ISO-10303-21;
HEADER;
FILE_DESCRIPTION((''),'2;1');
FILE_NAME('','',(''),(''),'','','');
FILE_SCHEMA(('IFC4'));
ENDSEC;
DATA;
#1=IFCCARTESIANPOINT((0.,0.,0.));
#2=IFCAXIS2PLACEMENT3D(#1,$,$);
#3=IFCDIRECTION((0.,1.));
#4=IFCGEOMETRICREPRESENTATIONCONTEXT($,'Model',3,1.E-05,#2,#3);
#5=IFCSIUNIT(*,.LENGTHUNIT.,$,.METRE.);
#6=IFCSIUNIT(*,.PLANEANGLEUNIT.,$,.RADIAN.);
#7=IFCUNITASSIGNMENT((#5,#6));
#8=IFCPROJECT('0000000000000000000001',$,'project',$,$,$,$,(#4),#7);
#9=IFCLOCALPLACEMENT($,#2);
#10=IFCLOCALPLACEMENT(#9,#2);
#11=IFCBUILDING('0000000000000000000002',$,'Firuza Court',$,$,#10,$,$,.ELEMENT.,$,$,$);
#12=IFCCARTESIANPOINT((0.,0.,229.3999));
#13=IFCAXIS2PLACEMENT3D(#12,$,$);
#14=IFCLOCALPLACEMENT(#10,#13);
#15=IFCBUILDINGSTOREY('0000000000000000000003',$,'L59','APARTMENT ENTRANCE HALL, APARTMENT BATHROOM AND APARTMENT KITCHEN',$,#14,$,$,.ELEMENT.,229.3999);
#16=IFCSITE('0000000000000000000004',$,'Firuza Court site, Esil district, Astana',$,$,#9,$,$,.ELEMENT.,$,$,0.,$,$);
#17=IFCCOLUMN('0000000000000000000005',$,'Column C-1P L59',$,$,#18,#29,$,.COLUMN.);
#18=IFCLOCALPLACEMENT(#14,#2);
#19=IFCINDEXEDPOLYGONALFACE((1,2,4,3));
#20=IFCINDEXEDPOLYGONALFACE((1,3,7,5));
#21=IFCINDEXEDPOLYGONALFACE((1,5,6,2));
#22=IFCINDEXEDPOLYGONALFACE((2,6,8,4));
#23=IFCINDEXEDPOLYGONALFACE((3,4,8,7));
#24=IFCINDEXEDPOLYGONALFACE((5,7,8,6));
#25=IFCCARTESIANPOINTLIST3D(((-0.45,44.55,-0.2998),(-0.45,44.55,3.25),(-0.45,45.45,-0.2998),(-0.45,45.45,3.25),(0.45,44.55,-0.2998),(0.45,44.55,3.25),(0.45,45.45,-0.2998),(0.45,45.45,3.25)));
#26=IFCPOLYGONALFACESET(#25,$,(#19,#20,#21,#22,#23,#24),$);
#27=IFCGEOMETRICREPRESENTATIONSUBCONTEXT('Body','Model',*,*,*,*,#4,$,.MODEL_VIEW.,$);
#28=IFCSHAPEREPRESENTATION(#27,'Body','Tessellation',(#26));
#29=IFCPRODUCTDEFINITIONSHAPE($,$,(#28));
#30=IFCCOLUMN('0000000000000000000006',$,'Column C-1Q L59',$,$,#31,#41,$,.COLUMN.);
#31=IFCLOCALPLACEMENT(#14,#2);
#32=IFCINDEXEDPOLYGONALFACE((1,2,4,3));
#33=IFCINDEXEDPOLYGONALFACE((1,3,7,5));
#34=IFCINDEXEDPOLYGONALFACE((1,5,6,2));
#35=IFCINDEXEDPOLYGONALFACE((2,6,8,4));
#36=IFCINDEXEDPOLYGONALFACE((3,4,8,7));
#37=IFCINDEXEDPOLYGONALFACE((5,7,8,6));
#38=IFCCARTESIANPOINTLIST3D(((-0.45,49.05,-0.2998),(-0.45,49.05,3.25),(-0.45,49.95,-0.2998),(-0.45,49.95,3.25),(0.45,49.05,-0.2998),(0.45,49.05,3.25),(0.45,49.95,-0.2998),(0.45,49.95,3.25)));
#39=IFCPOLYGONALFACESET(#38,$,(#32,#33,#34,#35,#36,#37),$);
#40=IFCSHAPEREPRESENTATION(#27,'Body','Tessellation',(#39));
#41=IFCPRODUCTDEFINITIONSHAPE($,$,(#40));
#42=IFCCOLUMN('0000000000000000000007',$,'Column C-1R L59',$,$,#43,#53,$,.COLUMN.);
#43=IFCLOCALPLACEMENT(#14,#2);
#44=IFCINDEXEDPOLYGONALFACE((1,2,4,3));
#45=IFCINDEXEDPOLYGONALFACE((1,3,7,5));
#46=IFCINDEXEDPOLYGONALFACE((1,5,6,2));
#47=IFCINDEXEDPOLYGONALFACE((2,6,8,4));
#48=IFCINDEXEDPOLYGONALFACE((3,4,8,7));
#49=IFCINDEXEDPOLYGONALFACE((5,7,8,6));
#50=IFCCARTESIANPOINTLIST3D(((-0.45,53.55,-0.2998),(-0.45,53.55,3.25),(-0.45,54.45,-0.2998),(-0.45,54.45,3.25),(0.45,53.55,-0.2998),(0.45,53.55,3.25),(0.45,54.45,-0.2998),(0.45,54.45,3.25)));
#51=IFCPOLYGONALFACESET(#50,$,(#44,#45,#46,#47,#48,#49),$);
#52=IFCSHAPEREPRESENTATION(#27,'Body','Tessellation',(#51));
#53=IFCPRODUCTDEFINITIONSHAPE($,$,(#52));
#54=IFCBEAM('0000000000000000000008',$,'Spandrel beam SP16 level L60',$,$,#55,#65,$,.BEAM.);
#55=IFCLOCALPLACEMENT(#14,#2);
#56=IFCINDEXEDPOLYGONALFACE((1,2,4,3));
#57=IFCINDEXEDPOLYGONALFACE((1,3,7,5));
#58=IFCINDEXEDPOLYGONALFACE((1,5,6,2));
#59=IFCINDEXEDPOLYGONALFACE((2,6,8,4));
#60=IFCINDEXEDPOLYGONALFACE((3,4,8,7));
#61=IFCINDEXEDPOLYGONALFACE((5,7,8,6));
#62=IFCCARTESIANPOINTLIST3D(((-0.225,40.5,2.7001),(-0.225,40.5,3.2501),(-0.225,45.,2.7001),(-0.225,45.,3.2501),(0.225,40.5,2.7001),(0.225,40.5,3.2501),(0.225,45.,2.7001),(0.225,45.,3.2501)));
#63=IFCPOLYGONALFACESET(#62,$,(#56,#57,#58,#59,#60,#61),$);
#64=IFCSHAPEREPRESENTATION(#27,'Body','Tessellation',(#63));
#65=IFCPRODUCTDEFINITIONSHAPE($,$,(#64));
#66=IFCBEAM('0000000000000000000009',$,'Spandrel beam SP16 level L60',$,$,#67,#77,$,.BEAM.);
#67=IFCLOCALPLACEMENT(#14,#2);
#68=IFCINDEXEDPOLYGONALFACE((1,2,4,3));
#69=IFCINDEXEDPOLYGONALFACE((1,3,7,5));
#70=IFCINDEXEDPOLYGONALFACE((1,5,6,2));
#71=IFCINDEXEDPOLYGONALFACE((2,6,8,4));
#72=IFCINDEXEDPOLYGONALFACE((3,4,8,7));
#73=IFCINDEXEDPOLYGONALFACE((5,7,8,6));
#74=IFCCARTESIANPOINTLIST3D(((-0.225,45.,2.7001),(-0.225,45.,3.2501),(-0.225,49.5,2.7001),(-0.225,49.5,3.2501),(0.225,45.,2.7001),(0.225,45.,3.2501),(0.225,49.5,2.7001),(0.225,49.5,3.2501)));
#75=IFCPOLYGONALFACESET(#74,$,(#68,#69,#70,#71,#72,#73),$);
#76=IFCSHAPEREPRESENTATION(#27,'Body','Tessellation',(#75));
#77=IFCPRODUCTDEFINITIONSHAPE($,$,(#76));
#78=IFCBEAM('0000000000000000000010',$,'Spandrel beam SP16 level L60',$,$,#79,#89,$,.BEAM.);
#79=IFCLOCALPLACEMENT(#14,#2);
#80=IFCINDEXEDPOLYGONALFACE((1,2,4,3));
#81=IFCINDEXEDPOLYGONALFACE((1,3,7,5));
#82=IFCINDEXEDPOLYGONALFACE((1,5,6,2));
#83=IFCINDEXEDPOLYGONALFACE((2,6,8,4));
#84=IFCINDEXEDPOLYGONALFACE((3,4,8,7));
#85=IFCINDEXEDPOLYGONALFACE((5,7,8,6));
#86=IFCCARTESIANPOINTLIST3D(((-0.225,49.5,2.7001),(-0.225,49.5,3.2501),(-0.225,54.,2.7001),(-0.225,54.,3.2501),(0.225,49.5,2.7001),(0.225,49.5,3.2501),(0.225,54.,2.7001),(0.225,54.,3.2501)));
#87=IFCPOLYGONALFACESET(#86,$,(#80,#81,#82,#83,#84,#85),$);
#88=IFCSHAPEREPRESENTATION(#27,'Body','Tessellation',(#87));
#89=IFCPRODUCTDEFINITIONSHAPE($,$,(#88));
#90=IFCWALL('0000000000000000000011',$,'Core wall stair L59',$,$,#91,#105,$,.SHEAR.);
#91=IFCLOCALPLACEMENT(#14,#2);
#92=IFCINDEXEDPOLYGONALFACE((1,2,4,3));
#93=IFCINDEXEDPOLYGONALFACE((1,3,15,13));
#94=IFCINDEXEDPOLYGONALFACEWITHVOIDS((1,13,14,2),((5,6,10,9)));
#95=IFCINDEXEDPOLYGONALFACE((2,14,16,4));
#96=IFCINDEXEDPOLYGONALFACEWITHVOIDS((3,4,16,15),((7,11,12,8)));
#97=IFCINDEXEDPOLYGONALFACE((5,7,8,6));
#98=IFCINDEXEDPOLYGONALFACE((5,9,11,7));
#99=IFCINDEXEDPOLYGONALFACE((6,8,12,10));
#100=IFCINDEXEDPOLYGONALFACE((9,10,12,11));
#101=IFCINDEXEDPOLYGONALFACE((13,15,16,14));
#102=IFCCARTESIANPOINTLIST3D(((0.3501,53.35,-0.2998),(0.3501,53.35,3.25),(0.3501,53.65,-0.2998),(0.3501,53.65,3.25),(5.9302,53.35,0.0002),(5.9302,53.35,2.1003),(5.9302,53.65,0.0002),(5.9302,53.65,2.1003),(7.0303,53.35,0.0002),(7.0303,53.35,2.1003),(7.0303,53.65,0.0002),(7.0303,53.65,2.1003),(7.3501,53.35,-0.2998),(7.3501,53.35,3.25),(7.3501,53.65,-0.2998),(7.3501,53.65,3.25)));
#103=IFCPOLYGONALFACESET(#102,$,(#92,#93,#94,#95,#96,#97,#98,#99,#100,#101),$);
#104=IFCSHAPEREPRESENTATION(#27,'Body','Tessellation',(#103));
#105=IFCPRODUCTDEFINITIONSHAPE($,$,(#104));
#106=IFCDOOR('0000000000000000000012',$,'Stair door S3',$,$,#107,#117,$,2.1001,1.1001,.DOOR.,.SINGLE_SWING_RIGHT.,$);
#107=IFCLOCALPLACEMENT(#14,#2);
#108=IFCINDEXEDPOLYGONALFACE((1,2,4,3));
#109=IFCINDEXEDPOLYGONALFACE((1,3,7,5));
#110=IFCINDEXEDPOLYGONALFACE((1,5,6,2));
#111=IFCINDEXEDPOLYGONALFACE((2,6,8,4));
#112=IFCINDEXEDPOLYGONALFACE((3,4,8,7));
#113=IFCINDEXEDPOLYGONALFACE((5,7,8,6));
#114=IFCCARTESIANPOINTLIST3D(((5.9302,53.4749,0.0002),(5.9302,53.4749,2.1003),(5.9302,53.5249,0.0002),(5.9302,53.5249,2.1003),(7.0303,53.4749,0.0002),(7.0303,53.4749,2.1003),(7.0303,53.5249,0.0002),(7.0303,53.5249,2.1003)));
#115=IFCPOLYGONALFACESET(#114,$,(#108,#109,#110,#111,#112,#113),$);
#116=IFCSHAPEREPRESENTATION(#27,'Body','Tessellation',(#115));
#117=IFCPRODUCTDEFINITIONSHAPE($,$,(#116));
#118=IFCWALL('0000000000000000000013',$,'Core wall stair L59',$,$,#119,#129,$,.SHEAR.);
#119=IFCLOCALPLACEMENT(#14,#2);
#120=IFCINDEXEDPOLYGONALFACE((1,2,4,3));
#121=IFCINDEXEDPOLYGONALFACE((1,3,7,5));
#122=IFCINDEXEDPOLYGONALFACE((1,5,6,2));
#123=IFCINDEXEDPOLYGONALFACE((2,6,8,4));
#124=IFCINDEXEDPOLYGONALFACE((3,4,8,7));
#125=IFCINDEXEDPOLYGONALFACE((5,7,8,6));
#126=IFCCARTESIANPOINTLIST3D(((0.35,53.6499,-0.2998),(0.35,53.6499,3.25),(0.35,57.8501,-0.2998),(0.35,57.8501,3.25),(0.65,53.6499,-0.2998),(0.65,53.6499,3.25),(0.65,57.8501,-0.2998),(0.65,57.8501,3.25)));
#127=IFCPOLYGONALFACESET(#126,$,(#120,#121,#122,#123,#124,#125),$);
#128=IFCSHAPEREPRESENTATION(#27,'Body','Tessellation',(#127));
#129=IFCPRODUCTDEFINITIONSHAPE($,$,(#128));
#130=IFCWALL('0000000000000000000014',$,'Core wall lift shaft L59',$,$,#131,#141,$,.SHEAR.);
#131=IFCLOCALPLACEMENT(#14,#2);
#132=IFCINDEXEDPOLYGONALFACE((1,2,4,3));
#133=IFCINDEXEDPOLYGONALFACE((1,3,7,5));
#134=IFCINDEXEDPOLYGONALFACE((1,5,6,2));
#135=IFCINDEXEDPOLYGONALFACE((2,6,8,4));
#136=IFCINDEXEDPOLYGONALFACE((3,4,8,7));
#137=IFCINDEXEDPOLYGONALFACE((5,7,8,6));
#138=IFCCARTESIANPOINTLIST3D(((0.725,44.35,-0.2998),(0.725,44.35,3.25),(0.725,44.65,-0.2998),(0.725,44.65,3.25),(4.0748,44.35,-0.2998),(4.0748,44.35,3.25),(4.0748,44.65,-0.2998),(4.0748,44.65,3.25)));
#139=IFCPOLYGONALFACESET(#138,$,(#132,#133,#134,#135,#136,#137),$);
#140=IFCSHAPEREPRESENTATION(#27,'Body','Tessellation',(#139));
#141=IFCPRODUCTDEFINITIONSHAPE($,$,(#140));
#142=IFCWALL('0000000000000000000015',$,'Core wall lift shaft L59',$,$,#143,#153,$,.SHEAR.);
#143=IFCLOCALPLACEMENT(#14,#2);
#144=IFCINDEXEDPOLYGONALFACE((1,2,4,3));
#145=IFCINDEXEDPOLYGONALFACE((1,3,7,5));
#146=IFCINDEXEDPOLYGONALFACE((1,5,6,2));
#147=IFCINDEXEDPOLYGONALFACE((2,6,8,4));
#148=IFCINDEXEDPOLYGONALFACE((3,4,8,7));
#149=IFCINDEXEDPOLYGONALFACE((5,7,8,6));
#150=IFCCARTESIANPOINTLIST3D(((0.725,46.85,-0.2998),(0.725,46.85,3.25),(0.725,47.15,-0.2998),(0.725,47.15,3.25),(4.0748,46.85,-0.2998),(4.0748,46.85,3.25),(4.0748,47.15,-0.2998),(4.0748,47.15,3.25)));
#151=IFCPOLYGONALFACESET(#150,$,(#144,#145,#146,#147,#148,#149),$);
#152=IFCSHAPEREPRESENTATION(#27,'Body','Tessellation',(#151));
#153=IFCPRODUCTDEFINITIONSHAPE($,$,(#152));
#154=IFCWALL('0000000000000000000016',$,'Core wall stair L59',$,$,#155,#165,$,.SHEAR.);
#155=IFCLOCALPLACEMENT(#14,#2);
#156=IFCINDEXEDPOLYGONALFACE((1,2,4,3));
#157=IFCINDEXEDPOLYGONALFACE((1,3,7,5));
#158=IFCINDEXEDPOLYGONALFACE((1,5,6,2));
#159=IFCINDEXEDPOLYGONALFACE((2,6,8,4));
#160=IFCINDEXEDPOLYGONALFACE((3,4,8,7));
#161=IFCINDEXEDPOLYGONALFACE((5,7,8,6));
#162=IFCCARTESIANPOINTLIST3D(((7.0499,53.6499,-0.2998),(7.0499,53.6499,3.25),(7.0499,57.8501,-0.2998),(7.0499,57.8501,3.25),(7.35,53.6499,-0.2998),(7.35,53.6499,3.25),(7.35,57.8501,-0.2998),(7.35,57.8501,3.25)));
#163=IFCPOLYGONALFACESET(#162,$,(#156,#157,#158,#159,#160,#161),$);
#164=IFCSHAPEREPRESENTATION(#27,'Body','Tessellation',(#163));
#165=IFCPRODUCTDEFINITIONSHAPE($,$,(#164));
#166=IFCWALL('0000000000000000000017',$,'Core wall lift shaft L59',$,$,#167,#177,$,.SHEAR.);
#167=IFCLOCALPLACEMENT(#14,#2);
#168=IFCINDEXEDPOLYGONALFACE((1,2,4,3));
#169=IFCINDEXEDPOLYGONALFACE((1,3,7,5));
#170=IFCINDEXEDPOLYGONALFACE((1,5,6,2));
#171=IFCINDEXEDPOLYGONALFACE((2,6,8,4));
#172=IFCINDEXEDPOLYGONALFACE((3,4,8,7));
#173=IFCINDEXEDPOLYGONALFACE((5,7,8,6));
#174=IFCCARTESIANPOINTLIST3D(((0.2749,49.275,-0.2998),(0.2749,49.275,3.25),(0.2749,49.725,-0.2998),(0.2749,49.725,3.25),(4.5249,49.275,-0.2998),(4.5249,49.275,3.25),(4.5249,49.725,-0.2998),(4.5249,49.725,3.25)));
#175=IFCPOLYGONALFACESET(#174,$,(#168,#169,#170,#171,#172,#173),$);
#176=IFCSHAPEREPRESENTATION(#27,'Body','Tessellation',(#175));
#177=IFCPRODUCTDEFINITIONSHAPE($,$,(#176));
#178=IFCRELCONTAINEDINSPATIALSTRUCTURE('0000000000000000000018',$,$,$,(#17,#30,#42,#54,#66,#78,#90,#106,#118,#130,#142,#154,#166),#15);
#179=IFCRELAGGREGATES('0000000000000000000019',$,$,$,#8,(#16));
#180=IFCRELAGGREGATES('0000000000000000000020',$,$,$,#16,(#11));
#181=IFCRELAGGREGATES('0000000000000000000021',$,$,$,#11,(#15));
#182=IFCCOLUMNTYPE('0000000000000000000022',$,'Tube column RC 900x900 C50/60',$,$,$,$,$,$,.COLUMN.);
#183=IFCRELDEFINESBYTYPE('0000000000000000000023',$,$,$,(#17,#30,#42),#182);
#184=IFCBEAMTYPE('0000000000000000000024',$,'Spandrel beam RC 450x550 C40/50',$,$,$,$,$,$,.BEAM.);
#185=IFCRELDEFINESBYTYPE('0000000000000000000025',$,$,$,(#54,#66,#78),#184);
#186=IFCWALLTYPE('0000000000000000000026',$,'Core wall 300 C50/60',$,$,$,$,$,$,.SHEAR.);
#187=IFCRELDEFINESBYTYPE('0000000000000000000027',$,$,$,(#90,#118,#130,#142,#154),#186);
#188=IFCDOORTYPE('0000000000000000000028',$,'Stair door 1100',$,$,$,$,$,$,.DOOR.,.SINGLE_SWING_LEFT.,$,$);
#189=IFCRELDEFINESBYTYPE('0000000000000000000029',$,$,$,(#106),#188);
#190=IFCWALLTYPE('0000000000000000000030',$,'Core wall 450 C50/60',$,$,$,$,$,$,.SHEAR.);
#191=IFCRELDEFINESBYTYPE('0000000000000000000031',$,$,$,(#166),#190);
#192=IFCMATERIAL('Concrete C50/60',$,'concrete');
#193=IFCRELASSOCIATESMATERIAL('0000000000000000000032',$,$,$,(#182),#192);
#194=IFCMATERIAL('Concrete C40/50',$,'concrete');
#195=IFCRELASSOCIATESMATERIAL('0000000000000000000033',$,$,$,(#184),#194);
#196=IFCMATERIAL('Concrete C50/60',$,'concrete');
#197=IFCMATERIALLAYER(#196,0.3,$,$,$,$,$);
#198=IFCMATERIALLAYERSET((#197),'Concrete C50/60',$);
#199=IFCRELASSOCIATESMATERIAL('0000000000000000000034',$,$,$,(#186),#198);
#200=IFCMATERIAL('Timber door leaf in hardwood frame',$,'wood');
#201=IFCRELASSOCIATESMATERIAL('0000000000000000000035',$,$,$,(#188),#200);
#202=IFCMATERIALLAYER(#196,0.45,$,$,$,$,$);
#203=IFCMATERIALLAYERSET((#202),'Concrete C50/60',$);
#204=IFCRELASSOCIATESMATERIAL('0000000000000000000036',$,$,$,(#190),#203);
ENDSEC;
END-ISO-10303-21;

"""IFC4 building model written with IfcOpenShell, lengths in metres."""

from ifc_helpers import new_model, si_unit, direction, frame, frame_2d, origin, origin_2d, place, context, subcontext, project, spatial, rectangle, extrude, material, layer, layer_set, material_profile, profile_set, type_object, element, fill, save


model = new_model("IFC4")

# Units and contexts
model_context = context("Model", 3, precision=1e-05, world=origin(), true_north=direction((0.0, 1.0)))
body_context = subcontext(model_context, "Body", "Model", "MODEL_VIEW")
ifc_project = project(units=[si_unit("LENGTHUNIT", "METRE"), si_unit("PLANEANGLEUNIT", "RADIAN")], contexts=[model_context])

# Site, building, storey
site_placement = place(None, origin())
site = spatial("IfcSite", under=ifc_project, at=site_placement, Name="Firuza Court site, Esil district, Astana", CompositionType="ELEMENT", RefElevation=0.0)
building_placement = place(site_placement, origin())
building = spatial("IfcBuilding", under=site, at=building_placement, Name="Firuza Court", CompositionType="ELEMENT")
storey_placement = place(building_placement, frame((0.0, 0.0, 229.3999)))
storey = spatial("IfcBuildingStorey", under=building, at=storey_placement, Name="L59", Description="APARTMENT ENTRANCE HALL, APARTMENT BATHROOM AND APARTMENT KITCHEN", CompositionType="ELEMENT", Elevation=229.3999)

# Columns
ifc_material_1 = material(Name="Concrete C50/60", Category="concrete")
ifc_material_profile_1 = material_profile(ifc_material_1, rectangle(XDim=0.8999, YDim=0.8999, at=origin_2d()), Name="RC 900x900")
ifc_profile_set_1 = profile_set([ifc_material_profile_1], Name="Concrete C50/60")
column_type = type_object("IfcColumnType", Name="Tube column RC 900x900 C50/60", PredefinedType="COLUMN", material=ifc_profile_set_1)
for number, where, z_axis, x_axis, name in (
    (1, (0.0, 45.0, -0.2998), (0.0, 0.0, 1.0), (1.0, 0.0, 0.0), "Column C-1P L59"),
    (2, (0.0, 49.5, -0.2998), (0.0, 0.0, 1.0), (1.0, 0.0, 0.0), "Column C-1Q L59"),
    (3, (0.0, 54.0, -0.2998), (0.0, 0.0, 1.0), (1.0, 0.0, 0.0), "Column C-1R L59"),
):
    element("IfcColumn", number, at=place(storey_placement, frame(where, z_axis=z_axis, x_axis=x_axis)), inside=storey, type_object=column_type, Name=name, PredefinedType="COLUMN", context=body_context, shape_type="SweptSolid", body=[
        extrude(rectangle(XDim=0.8999, YDim=0.8999, at=origin_2d()), origin(), (0.0, 0.0, 1.0), 3.5498),
    ])

# Beams
ifc_material_2 = material(Name="Concrete C40/50", Category="concrete")
ifc_material_profile_2 = material_profile(ifc_material_2, rectangle(XDim=0.45, YDim=0.55, at=origin_2d()), Name="RC 450x550")
ifc_profile_set_2 = profile_set([ifc_material_profile_2], Name="Concrete C40/50")
beam_type = type_object("IfcBeamType", Name="Spandrel beam RC 450x550 C40/50", PredefinedType="BEAM", material=ifc_profile_set_2)
for number, where, z_axis, x_axis, name in (
    (4, (0.0, 45.0, 2.9751), (0.0, -1.0, 0.0), (1.0, 0.0, 0.0), "Spandrel beam SP16 level L60"),
    (5, (0.0, 49.5, 2.9751), (0.0, -1.0, 0.0), (1.0, 0.0, 0.0), "Spandrel beam SP16 level L60"),
    (6, (0.0, 54.0, 2.9751), (0.0, -1.0, 0.0), (1.0, 0.0, 0.0), "Spandrel beam SP16 level L60"),
):
    element("IfcBeam", number, at=place(storey_placement, frame(where, z_axis=z_axis, x_axis=x_axis)), inside=storey, type_object=beam_type, Name=name, PredefinedType="BEAM", context=body_context, shape_type="SweptSolid", body=[
        extrude(rectangle(XDim=0.45, YDim=0.55, at=origin_2d()), origin(), (0.0, 0.0, 1.0), 4.5),
    ])

# Wall, opening, door
ifc_material_3 = material(Name="Concrete C50/60", Category="concrete")
ifc_layer_1 = layer(ifc_material_3, 0.3)
ifc_layer_set_1 = layer_set([ifc_layer_1], Name="Concrete C50/60")
wall_type_1 = type_object("IfcWallType", Name="Core wall 300 C50/60", PredefinedType="SHEAR", material=ifc_layer_set_1)
wall_1_placement = place(storey_placement, frame((0.3501, 53.5, -0.2998), z_axis=(0.0, 0.0, 1.0), x_axis=(1.0, 0.0, 0.0)))
wall_1 = element("IfcWall", 7, at=wall_1_placement, inside=storey, type_object=wall_type_1, Name="Core wall stair L59", PredefinedType="SHEAR", context=body_context, shape_type="SweptSolid", body=[
    extrude(rectangle(XDim=7.0, YDim=0.3, at=frame_2d((3.5, 0.0))), origin(), (0.0, 0.0, 1.0), 3.5498),
])
opening_1_placement = place(wall_1_placement, frame((5.5801, 0.0, 0.3)))
opening_1 = element("IfcOpeningElement", 8, at=opening_1_placement, cuts=wall_1, PredefinedType="OPENING", context=body_context, shape_type="SweptSolid", body=[
    extrude(rectangle(XDim=1.1001, YDim=2.1001, at=frame_2d((0.55, 1.05))), frame((0.0, 0.1621, 0.0), z_axis=(0.0, -1.0, 0.0), x_axis=(1.0, 0.0, 0.0)), (0.0, 0.0, 1.0), 0.324),
])
ifc_material_4 = material(Name="Timber door leaf in hardwood frame", Category="wood")
door_type_1 = type_object("IfcDoorType", Name="Stair door 1100", OperationType="SINGLE_SWING_LEFT", PredefinedType="DOOR", material=ifc_material_4)
door_1_placement = place(opening_1_placement, origin())
door_1 = element("IfcDoor", 9, at=door_1_placement, inside=storey, type_object=door_type_1, Name="Stair door S3", OperationType="SINGLE_SWING_RIGHT", OverallHeight=2.1001, OverallWidth=1.1001, PredefinedType="DOOR", context=body_context, shape_type="SweptSolid", body=[
    extrude(rectangle(XDim=1.1001, YDim=2.1001, at=frame_2d((0.55, 1.05))), frame((0.0, 0.0249, 0.0), z_axis=(0.0, -1.0, 0.0), x_axis=(1.0, 0.0, 0.0)), (0.0, 0.0, 1.0), 0.05),
])
fill(opening_1, door_1)

# Walls
wall_2_placement = place(storey_placement, frame((0.5, 53.6499, -0.2998), z_axis=(0.0, 0.0, 1.0), x_axis=(0.0, 1.0, 0.0)))
element("IfcWall", 10, at=wall_2_placement, inside=storey, type_object=wall_type_1, Name="Core wall stair L59", PredefinedType="SHEAR", context=body_context, shape_type="SweptSolid", body=[
    extrude(rectangle(XDim=4.2002, YDim=0.3, at=frame_2d((2.1001, 0.0))), origin(), (0.0, 0.0, 1.0), 3.5498),
])
for number, where, z_axis, x_axis, name in (
    (11, (0.7251, 44.5, -0.2998), (0.0, 0.0, 1.0), (1.0, 0.0, 0.0), "Core wall lift shaft L59"),
    (12, (0.7251, 47.0, -0.2998), (0.0, 0.0, 1.0), (1.0, 0.0, 0.0), "Core wall lift shaft L59"),
):
    element("IfcWall", number, at=place(storey_placement, frame(where, z_axis=z_axis, x_axis=x_axis)), inside=storey, type_object=wall_type_1, Name=name, PredefinedType="SHEAR", context=body_context, shape_type="SweptSolid", body=[
        extrude(rectangle(XDim=3.3499, YDim=0.3, at=frame_2d((1.6748, 0.0))), origin(), (0.0, 0.0, 1.0), 3.5498),
    ])
wall_3_placement = place(storey_placement, frame((7.2, 53.6499, -0.2998), z_axis=(0.0, 0.0, 1.0), x_axis=(0.0, 1.0, 0.0)))
element("IfcWall", 13, at=wall_3_placement, inside=storey, type_object=wall_type_1, Name="Core wall stair L59", PredefinedType="SHEAR", context=body_context, shape_type="SweptSolid", body=[
    extrude(rectangle(XDim=4.2002, YDim=0.3, at=frame_2d((2.1001, 0.0))), origin(), (0.0, 0.0, 1.0), 3.5498),
])
ifc_layer_2 = layer(ifc_material_3, 0.45)
ifc_layer_set_2 = layer_set([ifc_layer_2], Name="Concrete C50/60")
wall_type_2 = type_object("IfcWallType", Name="Core wall 450 C50/60", PredefinedType="SHEAR", material=ifc_layer_set_2)
wall_4_placement = place(storey_placement, frame((0.2749, 49.5, -0.2998), z_axis=(0.0, 0.0, 1.0), x_axis=(1.0, 0.0, 0.0)))
element("IfcWall", 14, at=wall_4_placement, inside=storey, type_object=wall_type_2, Name="Core wall lift shaft L59", PredefinedType="SHEAR", context=body_context, shape_type="SweptSolid", body=[
    extrude(rectangle(XDim=4.25, YDim=0.45, at=frame_2d((2.125, 0.0))), origin(), (0.0, 0.0, 1.0), 3.5498),
])

save(model, "model.ifc")
